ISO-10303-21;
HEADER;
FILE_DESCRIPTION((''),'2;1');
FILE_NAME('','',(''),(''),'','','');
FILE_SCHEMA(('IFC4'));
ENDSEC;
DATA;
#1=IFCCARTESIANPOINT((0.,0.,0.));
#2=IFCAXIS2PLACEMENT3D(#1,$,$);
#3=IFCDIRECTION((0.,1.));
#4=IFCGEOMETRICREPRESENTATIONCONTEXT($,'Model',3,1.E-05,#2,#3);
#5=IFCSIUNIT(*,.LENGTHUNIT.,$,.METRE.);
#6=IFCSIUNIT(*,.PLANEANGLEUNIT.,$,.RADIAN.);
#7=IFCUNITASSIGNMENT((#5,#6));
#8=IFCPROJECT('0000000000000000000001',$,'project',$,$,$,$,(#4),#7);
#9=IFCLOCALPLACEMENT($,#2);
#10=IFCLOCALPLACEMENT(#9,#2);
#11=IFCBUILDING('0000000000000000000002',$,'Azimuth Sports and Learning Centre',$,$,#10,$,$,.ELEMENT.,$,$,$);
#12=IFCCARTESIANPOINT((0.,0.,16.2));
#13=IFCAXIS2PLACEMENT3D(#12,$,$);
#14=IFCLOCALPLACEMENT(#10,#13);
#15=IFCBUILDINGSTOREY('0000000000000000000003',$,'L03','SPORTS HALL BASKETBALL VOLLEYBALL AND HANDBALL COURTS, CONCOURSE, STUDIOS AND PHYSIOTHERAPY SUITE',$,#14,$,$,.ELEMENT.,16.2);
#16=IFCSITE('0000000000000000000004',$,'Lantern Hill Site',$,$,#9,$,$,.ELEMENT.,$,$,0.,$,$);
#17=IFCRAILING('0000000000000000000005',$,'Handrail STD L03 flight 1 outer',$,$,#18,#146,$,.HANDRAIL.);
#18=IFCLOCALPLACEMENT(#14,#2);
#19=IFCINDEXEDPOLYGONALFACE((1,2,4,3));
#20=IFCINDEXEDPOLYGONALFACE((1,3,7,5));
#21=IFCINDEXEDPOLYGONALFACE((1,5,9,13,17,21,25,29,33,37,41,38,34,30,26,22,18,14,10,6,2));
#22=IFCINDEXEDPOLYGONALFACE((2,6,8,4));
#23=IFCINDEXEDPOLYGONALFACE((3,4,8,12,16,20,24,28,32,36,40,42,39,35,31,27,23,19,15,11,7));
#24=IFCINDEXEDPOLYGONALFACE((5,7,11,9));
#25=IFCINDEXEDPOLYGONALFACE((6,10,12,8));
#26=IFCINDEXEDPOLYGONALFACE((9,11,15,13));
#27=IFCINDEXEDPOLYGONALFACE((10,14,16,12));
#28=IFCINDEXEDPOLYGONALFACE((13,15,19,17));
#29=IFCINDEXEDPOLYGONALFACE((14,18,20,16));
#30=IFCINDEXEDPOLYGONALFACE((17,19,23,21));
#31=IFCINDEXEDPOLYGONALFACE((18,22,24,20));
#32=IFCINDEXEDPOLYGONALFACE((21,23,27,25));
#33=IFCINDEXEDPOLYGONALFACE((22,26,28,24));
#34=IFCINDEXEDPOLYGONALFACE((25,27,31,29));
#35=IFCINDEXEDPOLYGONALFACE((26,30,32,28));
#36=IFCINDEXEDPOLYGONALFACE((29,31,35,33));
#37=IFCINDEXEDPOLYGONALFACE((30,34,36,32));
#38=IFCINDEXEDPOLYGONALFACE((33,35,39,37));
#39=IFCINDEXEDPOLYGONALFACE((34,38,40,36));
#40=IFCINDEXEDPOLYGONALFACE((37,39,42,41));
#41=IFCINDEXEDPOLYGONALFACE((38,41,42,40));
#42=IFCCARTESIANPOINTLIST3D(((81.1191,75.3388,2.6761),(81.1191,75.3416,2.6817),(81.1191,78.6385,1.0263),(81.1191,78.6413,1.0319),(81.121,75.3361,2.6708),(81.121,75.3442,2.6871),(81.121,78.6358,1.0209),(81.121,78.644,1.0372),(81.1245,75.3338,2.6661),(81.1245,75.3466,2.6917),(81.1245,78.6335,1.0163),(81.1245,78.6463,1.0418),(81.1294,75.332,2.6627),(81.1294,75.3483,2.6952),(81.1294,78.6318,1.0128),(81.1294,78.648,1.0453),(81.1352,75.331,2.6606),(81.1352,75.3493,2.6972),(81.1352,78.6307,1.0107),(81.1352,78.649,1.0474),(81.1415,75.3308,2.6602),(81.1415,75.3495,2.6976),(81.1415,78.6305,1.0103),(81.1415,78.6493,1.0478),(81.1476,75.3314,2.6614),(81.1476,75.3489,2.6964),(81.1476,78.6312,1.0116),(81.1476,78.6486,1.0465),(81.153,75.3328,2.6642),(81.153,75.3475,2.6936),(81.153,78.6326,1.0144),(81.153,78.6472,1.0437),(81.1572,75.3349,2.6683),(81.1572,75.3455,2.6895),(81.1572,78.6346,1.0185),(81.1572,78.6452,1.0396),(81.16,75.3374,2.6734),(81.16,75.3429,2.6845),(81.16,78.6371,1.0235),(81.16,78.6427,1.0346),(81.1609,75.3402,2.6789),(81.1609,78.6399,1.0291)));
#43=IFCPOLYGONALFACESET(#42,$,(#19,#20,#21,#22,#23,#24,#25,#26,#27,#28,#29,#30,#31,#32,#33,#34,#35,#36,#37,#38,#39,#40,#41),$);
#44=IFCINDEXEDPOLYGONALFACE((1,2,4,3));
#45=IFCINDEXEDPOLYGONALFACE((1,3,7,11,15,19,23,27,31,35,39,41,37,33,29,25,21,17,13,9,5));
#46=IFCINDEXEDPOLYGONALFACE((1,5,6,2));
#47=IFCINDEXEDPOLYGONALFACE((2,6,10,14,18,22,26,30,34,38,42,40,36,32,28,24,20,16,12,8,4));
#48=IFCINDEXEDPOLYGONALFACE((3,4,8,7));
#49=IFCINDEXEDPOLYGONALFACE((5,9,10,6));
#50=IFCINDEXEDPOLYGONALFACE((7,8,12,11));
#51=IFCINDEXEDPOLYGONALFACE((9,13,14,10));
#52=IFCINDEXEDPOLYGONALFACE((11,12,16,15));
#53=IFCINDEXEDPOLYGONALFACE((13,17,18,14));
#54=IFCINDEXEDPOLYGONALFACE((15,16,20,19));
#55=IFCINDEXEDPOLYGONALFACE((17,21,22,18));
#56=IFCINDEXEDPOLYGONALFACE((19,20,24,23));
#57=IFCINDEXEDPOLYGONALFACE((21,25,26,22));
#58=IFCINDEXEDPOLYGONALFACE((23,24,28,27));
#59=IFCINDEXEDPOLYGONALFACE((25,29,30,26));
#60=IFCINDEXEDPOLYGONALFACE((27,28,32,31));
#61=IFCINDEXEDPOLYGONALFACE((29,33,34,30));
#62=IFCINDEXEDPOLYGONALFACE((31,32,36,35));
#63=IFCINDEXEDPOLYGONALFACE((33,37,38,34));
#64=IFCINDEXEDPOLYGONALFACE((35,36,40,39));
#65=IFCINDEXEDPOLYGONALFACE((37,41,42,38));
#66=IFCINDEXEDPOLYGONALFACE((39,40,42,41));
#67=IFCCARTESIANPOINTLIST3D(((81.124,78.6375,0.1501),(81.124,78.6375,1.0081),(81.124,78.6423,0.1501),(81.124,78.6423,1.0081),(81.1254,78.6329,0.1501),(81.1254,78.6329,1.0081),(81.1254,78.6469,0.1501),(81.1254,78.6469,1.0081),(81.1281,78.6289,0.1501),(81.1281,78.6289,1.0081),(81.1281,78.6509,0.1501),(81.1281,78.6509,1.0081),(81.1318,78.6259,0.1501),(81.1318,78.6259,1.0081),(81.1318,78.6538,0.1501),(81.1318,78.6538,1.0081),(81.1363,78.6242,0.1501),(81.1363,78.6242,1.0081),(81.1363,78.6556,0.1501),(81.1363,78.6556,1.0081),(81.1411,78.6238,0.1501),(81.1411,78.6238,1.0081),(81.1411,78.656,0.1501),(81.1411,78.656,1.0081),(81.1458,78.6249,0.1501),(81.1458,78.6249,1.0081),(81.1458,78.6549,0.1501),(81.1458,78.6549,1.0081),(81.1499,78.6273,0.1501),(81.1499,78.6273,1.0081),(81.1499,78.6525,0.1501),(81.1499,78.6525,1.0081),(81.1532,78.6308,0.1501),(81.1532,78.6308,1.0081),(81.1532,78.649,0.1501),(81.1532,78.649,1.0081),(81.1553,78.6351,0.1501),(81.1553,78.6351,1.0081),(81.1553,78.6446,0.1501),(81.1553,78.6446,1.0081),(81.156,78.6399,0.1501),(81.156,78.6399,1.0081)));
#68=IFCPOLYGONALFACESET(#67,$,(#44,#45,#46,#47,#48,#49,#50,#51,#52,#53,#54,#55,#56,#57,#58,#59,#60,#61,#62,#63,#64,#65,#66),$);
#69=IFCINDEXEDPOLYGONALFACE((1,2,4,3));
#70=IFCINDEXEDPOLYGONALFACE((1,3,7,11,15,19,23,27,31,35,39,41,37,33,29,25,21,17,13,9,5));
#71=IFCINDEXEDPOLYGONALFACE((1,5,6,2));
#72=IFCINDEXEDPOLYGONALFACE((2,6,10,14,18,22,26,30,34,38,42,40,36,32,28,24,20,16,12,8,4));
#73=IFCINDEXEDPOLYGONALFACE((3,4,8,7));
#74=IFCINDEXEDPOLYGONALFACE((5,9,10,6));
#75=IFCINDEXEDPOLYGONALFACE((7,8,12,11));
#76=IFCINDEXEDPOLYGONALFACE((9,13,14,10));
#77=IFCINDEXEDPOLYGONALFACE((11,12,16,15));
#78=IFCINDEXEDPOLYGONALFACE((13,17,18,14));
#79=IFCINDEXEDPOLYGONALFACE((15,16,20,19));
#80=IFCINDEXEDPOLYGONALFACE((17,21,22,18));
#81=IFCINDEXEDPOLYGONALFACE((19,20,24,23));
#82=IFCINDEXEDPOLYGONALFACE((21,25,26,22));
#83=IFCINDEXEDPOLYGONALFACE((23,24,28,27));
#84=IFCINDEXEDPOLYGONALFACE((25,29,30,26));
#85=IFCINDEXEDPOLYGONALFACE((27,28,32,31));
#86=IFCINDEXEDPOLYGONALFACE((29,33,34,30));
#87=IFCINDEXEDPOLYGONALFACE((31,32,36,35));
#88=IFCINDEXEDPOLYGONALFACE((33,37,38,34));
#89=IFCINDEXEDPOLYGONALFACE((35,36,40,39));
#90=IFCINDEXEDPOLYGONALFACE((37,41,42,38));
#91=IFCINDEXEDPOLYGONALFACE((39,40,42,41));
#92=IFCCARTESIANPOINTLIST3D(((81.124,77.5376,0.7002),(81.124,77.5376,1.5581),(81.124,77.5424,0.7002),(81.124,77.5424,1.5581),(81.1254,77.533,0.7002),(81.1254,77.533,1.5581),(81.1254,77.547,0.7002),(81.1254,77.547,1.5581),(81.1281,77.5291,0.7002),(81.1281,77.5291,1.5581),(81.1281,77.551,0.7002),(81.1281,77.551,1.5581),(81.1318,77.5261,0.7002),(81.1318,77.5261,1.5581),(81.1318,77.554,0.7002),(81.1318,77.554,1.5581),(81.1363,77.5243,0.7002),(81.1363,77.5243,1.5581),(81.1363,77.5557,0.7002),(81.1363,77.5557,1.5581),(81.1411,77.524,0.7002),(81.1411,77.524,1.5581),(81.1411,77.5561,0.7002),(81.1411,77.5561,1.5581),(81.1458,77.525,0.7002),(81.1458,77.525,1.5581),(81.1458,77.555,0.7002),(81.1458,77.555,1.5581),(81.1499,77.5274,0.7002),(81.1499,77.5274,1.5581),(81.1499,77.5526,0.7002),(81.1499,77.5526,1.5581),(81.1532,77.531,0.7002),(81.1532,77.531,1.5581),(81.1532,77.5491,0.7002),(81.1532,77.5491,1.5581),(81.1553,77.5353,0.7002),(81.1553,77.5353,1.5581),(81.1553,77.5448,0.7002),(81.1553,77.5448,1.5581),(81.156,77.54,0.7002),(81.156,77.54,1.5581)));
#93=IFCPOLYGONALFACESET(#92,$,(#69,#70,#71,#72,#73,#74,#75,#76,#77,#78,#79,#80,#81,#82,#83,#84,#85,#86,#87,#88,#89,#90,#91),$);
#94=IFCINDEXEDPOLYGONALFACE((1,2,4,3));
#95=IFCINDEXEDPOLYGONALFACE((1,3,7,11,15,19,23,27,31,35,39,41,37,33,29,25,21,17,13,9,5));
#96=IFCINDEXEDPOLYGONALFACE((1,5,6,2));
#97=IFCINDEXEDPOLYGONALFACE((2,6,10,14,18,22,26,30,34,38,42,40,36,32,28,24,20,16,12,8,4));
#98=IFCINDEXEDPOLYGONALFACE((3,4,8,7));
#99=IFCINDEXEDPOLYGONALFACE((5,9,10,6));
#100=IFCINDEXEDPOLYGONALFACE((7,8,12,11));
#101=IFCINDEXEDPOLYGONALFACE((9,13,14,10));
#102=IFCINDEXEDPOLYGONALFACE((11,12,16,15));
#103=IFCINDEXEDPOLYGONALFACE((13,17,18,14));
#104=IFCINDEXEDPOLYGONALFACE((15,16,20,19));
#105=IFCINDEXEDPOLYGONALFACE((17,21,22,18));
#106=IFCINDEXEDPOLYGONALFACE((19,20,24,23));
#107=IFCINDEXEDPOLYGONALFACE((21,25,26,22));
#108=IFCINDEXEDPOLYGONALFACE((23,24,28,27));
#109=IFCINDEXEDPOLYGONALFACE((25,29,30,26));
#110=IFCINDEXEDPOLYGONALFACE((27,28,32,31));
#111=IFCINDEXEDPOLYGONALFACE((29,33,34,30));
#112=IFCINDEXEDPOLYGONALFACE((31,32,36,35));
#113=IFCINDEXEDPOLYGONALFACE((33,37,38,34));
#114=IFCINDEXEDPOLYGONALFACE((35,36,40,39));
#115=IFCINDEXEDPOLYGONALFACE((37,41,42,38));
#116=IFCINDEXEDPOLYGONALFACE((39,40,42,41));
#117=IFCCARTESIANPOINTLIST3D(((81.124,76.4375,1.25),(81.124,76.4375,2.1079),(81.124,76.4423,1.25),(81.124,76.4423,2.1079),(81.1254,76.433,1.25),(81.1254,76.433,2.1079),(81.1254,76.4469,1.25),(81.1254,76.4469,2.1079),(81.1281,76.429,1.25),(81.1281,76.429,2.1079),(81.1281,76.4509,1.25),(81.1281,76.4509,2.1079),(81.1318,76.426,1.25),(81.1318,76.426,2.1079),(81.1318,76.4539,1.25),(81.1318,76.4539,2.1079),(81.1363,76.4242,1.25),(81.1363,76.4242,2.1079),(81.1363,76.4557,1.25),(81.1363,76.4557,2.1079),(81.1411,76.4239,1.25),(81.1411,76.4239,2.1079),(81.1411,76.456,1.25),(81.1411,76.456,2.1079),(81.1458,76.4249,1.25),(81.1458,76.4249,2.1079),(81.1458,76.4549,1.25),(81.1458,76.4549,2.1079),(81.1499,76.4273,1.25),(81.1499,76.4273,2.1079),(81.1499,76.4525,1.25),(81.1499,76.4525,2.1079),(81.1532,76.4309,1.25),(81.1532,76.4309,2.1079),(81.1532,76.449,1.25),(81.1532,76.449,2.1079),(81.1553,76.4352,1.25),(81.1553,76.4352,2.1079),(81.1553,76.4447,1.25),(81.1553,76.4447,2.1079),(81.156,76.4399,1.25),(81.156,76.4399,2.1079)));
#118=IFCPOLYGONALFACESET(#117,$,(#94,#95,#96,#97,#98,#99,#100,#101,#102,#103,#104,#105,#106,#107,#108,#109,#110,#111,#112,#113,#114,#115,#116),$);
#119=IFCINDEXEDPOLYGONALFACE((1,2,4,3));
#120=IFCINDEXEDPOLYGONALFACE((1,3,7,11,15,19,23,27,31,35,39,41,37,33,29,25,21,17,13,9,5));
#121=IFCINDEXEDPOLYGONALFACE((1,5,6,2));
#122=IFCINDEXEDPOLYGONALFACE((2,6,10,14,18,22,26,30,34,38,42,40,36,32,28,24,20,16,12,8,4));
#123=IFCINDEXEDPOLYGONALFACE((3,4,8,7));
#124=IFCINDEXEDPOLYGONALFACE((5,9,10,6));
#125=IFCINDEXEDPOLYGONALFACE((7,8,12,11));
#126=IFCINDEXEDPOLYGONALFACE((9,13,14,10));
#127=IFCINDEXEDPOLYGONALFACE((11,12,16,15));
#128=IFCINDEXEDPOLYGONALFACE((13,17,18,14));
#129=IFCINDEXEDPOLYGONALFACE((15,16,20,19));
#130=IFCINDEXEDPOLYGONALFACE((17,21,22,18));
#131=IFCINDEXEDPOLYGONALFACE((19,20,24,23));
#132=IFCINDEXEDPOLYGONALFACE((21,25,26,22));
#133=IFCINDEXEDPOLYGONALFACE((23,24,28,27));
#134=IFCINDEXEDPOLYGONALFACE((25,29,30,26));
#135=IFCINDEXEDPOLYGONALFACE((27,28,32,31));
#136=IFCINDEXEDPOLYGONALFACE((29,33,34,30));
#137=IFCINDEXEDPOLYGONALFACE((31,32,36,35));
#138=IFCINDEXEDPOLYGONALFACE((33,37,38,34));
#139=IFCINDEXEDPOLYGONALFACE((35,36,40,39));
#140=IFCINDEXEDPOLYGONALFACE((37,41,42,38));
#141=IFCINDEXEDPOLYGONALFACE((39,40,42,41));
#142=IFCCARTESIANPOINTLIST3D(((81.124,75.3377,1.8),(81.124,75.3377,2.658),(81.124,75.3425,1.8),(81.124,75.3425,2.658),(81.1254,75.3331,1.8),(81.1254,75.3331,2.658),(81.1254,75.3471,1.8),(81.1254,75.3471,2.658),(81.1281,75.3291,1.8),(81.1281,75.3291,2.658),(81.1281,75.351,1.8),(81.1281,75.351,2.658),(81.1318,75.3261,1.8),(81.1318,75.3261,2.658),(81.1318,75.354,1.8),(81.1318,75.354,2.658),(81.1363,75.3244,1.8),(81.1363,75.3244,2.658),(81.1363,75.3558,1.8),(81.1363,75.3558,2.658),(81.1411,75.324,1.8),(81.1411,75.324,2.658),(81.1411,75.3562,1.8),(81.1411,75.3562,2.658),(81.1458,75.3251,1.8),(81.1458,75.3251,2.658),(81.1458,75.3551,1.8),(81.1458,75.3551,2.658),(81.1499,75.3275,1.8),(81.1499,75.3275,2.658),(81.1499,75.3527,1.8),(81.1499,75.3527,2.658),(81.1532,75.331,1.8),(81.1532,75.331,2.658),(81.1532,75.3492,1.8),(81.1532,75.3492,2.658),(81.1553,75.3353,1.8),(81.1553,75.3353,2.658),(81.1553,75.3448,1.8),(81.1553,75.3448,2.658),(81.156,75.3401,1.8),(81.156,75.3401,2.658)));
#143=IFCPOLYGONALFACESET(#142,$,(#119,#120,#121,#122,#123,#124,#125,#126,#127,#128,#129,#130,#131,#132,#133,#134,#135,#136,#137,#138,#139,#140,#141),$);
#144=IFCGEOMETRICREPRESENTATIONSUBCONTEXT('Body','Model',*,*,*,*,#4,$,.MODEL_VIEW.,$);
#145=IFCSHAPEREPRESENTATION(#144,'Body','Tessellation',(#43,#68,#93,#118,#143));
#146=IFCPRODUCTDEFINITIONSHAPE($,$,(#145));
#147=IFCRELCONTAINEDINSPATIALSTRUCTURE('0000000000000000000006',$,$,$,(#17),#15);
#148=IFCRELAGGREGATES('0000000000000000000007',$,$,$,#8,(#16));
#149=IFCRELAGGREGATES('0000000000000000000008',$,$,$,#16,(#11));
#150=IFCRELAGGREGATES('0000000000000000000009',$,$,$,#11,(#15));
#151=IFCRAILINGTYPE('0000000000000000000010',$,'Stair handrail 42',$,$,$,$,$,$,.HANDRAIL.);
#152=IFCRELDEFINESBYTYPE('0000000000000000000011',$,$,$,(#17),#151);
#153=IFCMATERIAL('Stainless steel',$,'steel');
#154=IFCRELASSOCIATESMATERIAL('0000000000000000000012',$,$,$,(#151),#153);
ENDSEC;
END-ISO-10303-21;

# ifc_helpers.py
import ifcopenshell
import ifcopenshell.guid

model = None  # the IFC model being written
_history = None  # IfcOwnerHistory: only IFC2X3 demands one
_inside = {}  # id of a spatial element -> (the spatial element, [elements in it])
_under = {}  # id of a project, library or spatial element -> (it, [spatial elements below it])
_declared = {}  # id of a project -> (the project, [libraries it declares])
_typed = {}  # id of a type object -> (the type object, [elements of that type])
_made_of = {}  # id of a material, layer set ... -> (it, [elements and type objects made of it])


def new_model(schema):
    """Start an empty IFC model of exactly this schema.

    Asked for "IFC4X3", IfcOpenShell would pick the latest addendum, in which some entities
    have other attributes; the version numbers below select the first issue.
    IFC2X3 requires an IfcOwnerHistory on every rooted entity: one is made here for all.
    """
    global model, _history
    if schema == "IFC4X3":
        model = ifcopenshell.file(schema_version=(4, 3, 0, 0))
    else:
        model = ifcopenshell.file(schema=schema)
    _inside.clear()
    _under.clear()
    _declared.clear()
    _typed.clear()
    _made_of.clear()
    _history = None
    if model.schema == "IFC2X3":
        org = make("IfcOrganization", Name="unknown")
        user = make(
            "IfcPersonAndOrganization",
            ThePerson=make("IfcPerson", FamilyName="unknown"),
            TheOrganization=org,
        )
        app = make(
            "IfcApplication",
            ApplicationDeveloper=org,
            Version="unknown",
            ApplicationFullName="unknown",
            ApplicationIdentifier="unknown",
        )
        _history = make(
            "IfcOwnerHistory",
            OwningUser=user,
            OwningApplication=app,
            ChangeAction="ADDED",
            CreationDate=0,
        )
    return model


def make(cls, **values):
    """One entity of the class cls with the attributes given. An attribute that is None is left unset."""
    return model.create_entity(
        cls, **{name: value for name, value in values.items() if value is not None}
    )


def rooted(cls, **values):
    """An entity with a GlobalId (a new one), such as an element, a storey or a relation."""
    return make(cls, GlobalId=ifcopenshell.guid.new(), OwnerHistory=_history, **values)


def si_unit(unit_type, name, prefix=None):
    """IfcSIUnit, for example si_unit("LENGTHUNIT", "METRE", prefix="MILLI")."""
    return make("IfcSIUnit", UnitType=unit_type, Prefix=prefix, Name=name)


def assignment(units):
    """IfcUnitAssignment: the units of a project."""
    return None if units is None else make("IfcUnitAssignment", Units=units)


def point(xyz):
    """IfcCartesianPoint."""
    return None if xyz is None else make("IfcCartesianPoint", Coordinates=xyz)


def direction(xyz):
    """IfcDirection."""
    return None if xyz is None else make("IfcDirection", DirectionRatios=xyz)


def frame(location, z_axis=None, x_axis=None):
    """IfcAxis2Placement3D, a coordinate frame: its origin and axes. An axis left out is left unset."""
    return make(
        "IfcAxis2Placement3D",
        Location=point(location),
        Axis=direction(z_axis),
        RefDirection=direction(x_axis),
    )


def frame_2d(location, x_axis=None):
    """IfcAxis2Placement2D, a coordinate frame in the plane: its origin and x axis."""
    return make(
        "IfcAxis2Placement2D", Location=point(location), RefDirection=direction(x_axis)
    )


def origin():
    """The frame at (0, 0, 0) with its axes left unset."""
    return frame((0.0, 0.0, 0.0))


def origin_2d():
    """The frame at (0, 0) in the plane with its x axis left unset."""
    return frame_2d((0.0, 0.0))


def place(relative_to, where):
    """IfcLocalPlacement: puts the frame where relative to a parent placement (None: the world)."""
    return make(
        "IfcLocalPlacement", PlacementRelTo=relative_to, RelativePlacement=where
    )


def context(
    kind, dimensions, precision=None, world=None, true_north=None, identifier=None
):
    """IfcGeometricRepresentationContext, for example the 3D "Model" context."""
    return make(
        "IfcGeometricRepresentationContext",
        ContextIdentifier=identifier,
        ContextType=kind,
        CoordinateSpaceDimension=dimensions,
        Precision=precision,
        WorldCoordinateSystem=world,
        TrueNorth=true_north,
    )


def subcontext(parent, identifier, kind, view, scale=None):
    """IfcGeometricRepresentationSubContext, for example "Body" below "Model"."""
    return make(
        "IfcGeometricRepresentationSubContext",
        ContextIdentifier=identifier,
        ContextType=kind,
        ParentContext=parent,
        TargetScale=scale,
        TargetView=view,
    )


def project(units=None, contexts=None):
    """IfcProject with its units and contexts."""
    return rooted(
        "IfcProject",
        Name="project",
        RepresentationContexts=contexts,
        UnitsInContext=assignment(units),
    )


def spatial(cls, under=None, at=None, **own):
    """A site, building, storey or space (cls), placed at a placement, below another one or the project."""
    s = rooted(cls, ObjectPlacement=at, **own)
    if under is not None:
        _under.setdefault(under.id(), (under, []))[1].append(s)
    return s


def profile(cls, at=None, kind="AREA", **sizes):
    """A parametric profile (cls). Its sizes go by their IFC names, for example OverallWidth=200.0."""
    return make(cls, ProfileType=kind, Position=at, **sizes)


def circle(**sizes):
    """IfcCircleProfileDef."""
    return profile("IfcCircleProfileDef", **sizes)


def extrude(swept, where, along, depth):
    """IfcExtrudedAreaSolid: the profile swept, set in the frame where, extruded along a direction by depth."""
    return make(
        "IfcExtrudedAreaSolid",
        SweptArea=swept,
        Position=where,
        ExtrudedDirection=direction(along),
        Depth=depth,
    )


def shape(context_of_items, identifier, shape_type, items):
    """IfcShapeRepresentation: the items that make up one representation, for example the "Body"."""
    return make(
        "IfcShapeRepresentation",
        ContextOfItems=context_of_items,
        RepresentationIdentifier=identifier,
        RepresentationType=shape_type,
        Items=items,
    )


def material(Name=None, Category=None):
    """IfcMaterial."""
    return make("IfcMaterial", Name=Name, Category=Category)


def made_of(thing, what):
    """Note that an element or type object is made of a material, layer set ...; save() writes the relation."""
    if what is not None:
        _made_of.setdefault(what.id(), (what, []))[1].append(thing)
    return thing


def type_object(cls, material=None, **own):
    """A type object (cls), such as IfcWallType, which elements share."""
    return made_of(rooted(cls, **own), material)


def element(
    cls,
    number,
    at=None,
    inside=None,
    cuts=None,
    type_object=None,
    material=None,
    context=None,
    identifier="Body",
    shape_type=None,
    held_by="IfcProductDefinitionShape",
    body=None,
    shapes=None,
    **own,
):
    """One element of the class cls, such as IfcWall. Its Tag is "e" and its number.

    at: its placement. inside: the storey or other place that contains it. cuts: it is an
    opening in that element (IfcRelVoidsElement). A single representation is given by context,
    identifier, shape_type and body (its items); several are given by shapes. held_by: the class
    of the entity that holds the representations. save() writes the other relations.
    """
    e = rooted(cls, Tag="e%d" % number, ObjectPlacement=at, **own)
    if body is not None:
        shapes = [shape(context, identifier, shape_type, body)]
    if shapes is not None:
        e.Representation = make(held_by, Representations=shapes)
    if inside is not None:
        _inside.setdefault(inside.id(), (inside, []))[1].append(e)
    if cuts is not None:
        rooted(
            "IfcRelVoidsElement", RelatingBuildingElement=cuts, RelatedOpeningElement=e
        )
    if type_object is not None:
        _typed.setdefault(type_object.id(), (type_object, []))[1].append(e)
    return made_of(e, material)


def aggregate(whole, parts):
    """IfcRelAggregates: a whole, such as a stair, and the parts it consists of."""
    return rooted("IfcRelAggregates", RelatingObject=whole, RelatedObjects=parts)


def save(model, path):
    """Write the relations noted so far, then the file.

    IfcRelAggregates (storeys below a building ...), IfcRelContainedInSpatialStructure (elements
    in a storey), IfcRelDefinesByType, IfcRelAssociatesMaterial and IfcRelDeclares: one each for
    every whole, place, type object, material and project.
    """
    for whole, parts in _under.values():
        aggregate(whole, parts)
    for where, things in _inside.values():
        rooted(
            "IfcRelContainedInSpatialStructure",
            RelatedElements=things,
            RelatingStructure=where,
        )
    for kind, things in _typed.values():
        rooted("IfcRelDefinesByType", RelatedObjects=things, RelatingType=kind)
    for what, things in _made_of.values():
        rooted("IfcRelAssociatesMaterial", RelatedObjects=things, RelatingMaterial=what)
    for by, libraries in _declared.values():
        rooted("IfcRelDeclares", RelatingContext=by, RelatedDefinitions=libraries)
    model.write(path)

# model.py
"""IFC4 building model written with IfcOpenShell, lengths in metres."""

from ifc_helpers import new_model, si_unit, direction, frame, origin, origin_2d, place, context, subcontext, project, spatial, circle, extrude, material, type_object, element, save


model = new_model("IFC4")

# Units and contexts
model_context = context("Model", 3, precision=1e-05, world=origin(), true_north=direction((0.0, 1.0)))
body_context = subcontext(model_context, "Body", "Model", "MODEL_VIEW")
ifc_project = project(units=[si_unit("LENGTHUNIT", "METRE"), si_unit("PLANEANGLEUNIT", "RADIAN")], contexts=[model_context])

# Site, building, storey
site_placement = place(None, origin())
site = spatial("IfcSite", under=ifc_project, at=site_placement, Name="Lantern Hill Site", CompositionType="ELEMENT", RefElevation=0.0)
building_placement = place(site_placement, origin())
building = spatial("IfcBuilding", under=site, at=building_placement, Name="Azimuth Sports and Learning Centre", CompositionType="ELEMENT")
storey_placement = place(building_placement, frame((0.0, 0.0, 16.2)))
storey = spatial("IfcBuildingStorey", under=building, at=storey_placement, Name="L03", Description="SPORTS HALL BASKETBALL VOLLEYBALL AND HANDBALL COURTS, CONCOURSE, STUDIOS AND PHYSIOTHERAPY SUITE", CompositionType="ELEMENT", Elevation=16.2)

# Railing
ifc_material_1 = material(Name="Stainless steel", Category="steel")
railing_type_1 = type_object("IfcRailingType", Name="Stair handrail 42", PredefinedType="HANDRAIL", material=ifc_material_1)
for number, where, name in (
    (1, (81.1399, 78.6399, 0.1501), "Handrail STD L03 flight 1 outer"),
):
    element("IfcRailing", number, at=place(storey_placement, frame(where)), inside=storey, type_object=railing_type_1, Name=name, PredefinedType="HANDRAIL", context=body_context, shape_type="SweptSolid", body=[
        extrude(circle(Radius=0.021, at=origin_2d()), frame((0.0, 0.0, 0.8789), z_axis=(0.0, -0.894427, 0.447214), x_axis=(1.0, 0.0, 0.0)), (0.0, 0.0, 1.0), 3.6892),
        extrude(circle(Radius=0.0161, at=origin_2d()), origin(), (0.0, 0.0, 1.0), 0.8579),
        extrude(circle(Radius=0.0161, at=origin_2d()), frame((0.0, -1.0999, 0.55)), (0.0, 0.0, 1.0), 0.8579),
        extrude(circle(Radius=0.0161, at=origin_2d()), frame((0.0, -2.2, 1.0999)), (0.0, 0.0, 1.0), 0.8579),
        extrude(circle(Radius=0.0161, at=origin_2d()), frame((0.0, -3.2998, 1.6499)), (0.0, 0.0, 1.0), 0.8579),
    ])

save(model, "model.ifc")
